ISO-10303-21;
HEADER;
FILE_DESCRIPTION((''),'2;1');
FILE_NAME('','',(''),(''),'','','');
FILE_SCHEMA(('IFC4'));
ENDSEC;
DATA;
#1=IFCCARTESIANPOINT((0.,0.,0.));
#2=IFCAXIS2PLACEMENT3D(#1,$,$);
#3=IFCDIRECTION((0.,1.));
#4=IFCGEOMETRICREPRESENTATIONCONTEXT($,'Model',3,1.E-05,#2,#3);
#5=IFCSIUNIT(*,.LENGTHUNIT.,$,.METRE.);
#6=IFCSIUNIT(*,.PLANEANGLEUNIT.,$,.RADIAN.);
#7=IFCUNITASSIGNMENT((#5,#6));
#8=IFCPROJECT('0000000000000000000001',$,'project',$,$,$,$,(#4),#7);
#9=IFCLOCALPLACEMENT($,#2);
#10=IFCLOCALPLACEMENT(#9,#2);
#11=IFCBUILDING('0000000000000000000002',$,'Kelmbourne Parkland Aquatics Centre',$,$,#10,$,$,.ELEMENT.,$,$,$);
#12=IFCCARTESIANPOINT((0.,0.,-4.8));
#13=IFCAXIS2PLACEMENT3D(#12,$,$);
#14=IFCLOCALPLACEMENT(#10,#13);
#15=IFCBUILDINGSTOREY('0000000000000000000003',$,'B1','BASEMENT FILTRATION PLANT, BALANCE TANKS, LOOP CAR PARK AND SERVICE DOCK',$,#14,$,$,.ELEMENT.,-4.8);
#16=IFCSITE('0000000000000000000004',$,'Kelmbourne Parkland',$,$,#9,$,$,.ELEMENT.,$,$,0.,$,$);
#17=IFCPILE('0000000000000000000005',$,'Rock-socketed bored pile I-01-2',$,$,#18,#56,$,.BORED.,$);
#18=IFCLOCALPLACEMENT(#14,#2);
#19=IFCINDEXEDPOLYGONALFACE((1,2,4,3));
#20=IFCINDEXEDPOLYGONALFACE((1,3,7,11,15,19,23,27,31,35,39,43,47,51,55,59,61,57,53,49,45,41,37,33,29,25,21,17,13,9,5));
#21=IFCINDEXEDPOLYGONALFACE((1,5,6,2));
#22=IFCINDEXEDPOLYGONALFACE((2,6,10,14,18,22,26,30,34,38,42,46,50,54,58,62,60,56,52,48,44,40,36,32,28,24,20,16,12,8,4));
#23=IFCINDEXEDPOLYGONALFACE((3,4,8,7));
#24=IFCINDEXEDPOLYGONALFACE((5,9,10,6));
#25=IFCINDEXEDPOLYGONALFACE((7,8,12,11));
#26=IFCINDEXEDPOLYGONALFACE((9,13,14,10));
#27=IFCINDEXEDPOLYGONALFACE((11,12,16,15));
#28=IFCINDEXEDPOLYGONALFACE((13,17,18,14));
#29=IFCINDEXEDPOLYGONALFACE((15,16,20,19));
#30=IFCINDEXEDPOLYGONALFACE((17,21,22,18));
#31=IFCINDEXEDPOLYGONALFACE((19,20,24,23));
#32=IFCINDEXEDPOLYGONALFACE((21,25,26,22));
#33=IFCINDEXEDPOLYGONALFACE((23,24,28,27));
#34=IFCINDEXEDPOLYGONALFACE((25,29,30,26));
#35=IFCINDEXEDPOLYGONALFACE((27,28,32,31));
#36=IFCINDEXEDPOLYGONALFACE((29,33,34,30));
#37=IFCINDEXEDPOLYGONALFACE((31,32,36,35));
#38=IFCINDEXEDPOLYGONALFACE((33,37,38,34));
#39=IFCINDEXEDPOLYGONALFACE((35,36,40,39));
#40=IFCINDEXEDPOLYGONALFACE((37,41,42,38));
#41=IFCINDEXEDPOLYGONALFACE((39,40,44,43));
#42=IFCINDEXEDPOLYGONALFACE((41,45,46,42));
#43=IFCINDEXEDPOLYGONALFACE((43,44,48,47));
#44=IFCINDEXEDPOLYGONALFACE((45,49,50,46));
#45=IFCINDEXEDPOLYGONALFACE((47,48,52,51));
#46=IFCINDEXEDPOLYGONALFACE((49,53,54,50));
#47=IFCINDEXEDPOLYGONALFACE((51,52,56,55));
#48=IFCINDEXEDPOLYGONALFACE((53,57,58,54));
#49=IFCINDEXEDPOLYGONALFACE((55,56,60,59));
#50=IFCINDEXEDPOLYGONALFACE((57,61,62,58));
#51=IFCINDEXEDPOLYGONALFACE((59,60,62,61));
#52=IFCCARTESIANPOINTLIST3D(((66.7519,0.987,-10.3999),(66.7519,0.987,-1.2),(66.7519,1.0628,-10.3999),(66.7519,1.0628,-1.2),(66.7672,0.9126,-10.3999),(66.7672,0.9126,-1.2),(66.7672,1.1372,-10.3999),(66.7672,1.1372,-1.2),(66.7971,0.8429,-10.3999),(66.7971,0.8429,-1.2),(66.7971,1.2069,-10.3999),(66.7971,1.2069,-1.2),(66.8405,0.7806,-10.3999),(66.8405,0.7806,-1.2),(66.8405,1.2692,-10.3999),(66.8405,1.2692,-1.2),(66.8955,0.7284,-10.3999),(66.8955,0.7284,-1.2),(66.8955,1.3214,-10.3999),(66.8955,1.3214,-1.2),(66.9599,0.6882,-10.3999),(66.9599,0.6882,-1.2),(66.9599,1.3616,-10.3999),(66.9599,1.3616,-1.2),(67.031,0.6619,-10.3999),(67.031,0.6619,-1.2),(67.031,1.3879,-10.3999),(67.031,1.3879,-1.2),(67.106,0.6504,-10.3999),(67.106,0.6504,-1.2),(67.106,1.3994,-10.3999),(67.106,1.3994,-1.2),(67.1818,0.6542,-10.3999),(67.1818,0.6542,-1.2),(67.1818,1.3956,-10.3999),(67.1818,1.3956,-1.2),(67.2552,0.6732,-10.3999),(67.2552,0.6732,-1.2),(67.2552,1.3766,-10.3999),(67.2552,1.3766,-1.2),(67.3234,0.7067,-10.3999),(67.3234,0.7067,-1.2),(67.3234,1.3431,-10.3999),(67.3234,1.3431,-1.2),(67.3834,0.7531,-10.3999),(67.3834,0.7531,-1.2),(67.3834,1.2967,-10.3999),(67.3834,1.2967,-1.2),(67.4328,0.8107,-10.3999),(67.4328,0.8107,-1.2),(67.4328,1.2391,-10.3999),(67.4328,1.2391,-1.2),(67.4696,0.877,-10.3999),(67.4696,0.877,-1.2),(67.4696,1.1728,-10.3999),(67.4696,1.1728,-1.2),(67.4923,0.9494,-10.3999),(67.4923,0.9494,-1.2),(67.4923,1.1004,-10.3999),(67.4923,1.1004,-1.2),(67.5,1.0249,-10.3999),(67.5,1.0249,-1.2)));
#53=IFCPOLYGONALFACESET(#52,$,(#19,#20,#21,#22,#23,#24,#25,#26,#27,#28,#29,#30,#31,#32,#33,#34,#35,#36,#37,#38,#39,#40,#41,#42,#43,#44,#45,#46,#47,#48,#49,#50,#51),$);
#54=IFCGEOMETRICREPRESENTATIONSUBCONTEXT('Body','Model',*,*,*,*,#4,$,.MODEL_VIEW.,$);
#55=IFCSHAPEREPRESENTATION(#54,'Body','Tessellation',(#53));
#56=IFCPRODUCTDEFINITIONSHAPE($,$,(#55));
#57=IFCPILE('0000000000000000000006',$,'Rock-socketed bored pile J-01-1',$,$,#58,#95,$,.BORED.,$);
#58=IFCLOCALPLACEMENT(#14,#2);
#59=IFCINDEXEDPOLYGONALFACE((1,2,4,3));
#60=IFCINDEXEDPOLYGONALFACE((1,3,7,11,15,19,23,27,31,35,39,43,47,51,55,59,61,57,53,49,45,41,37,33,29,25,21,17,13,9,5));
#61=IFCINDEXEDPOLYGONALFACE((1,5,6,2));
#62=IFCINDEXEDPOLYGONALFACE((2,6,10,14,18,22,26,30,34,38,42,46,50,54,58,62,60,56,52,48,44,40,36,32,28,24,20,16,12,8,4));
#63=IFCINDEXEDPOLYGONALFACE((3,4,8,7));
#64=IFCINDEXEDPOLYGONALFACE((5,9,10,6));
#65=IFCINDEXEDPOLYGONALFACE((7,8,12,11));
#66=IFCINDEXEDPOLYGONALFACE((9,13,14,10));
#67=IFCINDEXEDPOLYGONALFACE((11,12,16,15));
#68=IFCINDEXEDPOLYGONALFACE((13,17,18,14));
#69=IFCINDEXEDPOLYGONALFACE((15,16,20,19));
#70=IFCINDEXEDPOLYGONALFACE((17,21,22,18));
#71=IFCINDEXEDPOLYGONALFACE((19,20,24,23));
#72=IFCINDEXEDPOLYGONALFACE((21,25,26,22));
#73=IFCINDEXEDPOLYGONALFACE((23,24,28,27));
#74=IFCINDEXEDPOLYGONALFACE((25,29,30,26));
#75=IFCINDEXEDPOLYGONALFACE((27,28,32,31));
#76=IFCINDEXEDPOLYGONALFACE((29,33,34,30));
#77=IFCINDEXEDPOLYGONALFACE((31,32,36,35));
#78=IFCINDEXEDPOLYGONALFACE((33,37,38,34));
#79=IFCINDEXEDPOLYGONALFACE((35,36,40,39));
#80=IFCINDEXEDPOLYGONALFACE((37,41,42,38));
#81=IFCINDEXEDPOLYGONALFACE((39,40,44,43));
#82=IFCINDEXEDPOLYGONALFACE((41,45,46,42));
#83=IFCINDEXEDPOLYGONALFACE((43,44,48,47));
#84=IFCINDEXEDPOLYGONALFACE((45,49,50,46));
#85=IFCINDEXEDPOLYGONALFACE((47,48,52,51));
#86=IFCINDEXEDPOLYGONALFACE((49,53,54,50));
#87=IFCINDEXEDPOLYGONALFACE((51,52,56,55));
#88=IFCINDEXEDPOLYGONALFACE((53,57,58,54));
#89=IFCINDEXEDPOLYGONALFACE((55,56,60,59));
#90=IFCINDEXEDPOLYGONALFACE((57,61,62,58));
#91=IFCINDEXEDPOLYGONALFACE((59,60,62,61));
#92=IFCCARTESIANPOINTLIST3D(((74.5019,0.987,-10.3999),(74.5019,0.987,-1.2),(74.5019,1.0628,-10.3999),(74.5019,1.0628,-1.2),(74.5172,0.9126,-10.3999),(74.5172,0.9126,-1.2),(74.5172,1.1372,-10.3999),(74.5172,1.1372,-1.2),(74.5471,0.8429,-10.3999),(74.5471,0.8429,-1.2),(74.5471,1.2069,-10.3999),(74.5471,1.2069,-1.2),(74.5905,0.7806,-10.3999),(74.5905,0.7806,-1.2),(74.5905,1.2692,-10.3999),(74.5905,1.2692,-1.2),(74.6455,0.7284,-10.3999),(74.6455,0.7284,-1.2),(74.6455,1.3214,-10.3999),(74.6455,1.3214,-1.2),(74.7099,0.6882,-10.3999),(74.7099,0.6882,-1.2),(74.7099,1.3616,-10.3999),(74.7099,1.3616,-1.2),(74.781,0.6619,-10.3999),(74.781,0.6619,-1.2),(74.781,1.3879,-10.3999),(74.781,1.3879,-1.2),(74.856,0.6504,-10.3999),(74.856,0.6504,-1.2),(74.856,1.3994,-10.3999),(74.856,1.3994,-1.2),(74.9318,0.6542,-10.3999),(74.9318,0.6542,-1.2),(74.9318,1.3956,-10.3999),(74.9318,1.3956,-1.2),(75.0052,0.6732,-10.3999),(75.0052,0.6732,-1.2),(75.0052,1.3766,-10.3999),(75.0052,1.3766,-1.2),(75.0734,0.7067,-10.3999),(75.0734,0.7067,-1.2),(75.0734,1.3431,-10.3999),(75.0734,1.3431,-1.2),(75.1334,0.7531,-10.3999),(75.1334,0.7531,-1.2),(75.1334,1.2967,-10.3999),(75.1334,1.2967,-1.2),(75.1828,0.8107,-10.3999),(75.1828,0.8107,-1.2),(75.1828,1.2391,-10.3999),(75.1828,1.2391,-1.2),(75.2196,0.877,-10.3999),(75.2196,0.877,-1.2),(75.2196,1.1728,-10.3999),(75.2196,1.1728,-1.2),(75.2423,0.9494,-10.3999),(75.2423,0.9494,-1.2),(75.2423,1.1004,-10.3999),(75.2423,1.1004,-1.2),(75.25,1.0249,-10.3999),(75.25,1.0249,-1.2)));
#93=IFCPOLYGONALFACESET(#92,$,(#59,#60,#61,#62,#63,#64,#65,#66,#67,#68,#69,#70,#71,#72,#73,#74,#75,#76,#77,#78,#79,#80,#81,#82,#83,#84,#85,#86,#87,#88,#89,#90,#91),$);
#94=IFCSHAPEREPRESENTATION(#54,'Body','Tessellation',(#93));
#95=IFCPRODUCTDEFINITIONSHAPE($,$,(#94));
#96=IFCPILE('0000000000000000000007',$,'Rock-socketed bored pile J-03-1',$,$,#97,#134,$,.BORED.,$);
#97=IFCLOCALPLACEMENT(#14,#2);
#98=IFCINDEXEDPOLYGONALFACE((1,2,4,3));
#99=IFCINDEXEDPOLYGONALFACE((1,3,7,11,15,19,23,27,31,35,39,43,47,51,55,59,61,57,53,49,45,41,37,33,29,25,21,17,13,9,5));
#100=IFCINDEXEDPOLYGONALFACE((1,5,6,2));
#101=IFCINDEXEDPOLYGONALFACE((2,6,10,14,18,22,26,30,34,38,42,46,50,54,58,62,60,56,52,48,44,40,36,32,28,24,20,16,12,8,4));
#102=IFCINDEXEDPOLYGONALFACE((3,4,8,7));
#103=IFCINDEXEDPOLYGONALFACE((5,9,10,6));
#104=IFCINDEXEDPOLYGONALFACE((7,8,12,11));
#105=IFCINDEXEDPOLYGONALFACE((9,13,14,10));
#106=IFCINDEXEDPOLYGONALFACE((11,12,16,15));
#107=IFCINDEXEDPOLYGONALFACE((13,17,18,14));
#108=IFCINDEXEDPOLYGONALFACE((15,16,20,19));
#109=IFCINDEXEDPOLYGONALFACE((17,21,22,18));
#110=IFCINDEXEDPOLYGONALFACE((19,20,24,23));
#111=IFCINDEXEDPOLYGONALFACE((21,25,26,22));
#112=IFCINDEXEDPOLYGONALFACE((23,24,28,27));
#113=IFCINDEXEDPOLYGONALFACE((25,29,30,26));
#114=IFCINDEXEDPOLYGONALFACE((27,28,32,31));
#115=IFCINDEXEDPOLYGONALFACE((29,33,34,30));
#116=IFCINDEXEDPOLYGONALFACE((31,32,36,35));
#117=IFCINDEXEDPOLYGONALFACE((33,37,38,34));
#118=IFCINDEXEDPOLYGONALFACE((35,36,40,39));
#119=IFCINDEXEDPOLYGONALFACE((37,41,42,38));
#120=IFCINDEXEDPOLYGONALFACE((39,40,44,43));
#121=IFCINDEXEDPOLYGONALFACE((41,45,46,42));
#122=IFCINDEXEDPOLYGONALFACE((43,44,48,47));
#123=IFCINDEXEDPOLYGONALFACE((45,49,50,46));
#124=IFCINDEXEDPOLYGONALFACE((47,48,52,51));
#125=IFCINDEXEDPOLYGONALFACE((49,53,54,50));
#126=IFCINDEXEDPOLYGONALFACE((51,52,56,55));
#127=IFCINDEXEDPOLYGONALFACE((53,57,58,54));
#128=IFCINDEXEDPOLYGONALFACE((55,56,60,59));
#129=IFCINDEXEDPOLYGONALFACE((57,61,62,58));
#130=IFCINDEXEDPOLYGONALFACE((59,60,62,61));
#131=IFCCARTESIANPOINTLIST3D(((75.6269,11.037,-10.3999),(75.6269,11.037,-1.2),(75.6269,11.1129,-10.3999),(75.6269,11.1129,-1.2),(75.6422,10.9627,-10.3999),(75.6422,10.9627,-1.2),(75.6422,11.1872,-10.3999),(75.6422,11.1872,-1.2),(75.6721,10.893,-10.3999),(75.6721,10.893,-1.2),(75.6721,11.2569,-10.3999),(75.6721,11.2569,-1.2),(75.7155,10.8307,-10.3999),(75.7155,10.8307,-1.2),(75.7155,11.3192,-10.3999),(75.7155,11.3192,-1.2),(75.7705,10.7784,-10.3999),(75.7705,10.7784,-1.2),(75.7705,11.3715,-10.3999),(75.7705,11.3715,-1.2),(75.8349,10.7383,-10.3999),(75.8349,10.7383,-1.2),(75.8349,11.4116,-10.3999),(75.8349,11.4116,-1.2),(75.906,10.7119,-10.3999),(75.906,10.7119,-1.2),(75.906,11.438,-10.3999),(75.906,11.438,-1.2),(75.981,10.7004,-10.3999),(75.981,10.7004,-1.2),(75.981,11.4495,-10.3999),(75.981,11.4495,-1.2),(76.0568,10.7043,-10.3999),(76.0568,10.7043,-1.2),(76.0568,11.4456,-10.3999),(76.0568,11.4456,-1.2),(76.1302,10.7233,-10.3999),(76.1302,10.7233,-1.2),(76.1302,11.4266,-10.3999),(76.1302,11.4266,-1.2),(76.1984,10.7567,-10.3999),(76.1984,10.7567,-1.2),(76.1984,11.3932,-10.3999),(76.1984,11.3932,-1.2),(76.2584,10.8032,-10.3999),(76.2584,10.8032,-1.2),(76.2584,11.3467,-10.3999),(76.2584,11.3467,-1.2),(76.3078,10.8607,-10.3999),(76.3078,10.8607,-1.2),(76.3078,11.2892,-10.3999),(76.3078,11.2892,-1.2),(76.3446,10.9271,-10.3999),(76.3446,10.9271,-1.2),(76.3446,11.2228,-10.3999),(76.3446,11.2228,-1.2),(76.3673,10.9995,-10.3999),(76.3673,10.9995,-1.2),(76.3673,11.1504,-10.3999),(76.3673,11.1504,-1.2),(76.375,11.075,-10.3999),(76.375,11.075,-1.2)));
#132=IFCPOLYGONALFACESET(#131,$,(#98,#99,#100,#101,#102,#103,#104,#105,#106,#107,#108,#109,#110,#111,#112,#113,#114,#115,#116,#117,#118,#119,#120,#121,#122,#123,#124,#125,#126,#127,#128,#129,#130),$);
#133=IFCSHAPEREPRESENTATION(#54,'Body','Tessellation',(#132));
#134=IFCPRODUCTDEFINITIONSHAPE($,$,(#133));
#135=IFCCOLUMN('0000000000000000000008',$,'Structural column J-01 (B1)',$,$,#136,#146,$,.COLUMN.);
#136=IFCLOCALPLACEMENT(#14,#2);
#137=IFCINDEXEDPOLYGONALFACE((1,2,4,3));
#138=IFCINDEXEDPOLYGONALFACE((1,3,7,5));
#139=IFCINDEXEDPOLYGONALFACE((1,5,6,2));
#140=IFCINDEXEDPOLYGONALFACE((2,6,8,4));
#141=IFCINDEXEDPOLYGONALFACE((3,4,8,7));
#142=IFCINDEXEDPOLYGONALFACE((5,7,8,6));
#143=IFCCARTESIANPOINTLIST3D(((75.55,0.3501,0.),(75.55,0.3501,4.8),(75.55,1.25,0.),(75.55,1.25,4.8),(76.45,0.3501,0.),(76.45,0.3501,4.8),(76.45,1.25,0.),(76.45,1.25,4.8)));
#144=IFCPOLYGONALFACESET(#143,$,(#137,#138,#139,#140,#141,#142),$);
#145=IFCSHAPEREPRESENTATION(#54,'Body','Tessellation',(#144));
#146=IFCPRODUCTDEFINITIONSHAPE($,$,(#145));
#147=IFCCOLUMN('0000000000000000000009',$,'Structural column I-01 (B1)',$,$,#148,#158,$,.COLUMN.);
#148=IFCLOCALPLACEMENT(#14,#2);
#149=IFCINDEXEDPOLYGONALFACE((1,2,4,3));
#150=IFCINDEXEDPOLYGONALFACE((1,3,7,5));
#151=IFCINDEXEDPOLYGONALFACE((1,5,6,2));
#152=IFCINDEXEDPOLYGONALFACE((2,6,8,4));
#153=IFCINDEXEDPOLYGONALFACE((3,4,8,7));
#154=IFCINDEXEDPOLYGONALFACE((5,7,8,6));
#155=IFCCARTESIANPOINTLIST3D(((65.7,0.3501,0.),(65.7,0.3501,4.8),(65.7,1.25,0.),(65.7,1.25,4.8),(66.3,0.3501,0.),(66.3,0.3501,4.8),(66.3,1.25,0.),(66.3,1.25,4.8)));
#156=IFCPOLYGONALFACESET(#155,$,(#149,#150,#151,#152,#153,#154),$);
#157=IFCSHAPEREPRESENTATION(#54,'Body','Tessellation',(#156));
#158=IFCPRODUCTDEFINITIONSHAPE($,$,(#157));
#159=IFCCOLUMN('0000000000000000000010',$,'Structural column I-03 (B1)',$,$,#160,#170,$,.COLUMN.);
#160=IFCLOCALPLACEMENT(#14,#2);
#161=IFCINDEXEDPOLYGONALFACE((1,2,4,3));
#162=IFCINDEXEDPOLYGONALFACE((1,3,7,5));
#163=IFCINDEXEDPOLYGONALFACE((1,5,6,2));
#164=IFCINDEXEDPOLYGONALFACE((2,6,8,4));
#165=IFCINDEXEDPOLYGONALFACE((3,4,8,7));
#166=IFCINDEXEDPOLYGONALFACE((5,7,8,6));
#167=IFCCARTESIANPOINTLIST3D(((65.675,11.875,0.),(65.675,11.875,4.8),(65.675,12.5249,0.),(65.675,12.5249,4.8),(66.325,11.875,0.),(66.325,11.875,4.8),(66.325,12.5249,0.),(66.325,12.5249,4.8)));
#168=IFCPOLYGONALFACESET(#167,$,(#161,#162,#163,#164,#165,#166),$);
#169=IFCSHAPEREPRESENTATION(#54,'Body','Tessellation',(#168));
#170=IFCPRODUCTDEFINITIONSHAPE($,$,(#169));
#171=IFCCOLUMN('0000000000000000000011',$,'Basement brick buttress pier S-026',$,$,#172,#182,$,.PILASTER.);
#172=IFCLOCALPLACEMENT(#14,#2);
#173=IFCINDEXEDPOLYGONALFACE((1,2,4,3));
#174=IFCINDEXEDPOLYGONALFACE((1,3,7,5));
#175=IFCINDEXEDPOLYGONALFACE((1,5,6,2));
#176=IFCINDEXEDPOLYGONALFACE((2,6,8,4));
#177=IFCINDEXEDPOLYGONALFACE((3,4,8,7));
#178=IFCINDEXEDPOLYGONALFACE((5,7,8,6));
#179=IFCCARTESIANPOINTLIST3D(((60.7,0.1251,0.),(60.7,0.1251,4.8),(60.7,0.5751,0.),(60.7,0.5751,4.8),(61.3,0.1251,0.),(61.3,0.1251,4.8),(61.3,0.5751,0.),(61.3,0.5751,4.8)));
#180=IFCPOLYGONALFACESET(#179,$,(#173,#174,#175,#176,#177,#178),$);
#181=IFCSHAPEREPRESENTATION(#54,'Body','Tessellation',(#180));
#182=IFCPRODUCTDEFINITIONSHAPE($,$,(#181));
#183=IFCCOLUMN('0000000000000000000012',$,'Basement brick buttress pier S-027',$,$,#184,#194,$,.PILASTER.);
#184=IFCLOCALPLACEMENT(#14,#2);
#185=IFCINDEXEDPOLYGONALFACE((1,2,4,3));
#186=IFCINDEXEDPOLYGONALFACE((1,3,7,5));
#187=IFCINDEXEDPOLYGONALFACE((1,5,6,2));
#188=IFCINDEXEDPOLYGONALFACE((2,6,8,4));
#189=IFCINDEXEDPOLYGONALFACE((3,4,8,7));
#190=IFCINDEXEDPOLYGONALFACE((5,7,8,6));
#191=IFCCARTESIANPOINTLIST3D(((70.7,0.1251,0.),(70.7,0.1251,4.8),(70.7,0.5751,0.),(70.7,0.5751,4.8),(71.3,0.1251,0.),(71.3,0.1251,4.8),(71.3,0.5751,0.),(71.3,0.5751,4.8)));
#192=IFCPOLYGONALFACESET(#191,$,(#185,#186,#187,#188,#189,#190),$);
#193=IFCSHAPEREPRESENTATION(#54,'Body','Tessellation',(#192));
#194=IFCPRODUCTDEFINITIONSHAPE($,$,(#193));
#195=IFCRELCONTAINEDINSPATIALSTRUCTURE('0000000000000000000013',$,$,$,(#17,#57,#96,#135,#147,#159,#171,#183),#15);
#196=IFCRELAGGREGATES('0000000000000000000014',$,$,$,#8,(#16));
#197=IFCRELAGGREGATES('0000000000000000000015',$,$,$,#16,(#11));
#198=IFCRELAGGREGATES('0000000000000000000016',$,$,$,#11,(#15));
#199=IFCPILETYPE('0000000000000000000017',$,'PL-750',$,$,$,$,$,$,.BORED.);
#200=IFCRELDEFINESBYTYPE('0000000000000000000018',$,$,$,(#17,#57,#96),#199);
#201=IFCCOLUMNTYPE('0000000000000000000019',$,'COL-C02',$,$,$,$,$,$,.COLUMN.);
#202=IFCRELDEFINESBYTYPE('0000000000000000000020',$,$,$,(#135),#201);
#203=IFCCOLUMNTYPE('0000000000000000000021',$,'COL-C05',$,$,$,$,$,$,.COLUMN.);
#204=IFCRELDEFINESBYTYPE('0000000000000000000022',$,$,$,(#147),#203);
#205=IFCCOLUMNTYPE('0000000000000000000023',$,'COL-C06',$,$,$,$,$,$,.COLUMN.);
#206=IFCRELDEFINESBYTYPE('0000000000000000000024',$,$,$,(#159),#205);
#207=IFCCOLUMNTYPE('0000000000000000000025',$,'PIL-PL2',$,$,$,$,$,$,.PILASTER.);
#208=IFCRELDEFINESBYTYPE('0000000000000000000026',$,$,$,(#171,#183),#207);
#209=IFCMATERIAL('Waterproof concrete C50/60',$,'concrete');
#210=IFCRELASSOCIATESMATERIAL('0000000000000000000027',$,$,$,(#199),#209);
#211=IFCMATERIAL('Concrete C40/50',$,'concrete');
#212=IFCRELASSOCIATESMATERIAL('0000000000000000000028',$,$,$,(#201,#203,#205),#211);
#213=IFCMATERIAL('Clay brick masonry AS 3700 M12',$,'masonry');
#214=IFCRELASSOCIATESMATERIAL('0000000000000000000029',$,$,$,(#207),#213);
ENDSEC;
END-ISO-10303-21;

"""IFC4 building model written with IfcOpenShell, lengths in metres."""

from ifc_helpers import new_model, si_unit, direction, frame, origin, origin_2d, place, context, subcontext, project, spatial, rectangle, circle, extrude, material, material_profile, profile_set, type_object, element, save


model = new_model("IFC4")

# Units and contexts
model_context = context("Model", 3, precision=1e-05, world=origin(), true_north=direction((0.0, 1.0)))
body_context = subcontext(model_context, "Body", "Model", "MODEL_VIEW")
ifc_project = project(units=[si_unit("LENGTHUNIT", "METRE"), si_unit("PLANEANGLEUNIT", "RADIAN")], contexts=[model_context])

# Site, building, storey
site_placement = place(None, origin())
site = spatial("IfcSite", under=ifc_project, at=site_placement, Name="Kelmbourne Parkland", CompositionType="ELEMENT", RefElevation=0.0)
building_placement = place(site_placement, origin())
building = spatial("IfcBuilding", under=site, at=building_placement, Name="Kelmbourne Parkland Aquatics Centre", CompositionType="ELEMENT")
storey_placement = place(building_placement, frame((0.0, 0.0, -4.8)))
storey = spatial("IfcBuildingStorey", under=building, at=storey_placement, Name="B1", Description="BASEMENT FILTRATION PLANT, BALANCE TANKS, LOOP CAR PARK AND SERVICE DOCK", CompositionType="ELEMENT", Elevation=-4.8)

# Shared definitions
ifc_material_1 = material(Name="Waterproof concrete C50/60", Category="concrete")

# Piles
ifc_material_profile_1 = material_profile(ifc_material_1, circle(Radius=0.375, at=origin_2d()), Name="PILE D750")
ifc_profile_set_1 = profile_set([ifc_material_profile_1], Name="Waterproof concrete C50/60")
pile_type_1 = type_object("IfcPileType", Name="PL-750", PredefinedType="BORED", material=ifc_profile_set_1)
for number, where, z_axis, x_axis, name in (
    (1, (67.125, 1.0249, -1.2), (0.0, 0.0, -1.0), (1.0, 0.0, 0.0), "Rock-socketed bored pile I-01-2"),
    (2, (74.875, 1.0249, -1.2), (0.0, 0.0, -1.0), (1.0, 0.0, 0.0), "Rock-socketed bored pile J-01-1"),
    (3, (76.0, 11.075, -1.2), (0.0, 0.0, -1.0), (1.0, 0.0, 0.0), "Rock-socketed bored pile J-03-1"),
):
    element("IfcPile", number, at=place(storey_placement, frame(where, z_axis=z_axis, x_axis=x_axis)), inside=storey, type_object=pile_type_1, Name=name, PredefinedType="BORED", context=body_context, shape_type="SweptSolid", body=[
        extrude(circle(Radius=0.375, at=origin_2d()), origin(), (0.0, 0.0, 1.0), 9.2),
    ])

# Columns
ifc_material_2 = material(Name="Concrete C40/50", Category="concrete")
ifc_material_profile_2 = material_profile(ifc_material_2, rectangle(XDim=0.8999, YDim=0.8999, at=origin_2d()), Name="RC 900x900")
ifc_profile_set_2 = profile_set([ifc_material_profile_2], Name="Concrete C40/50")
column_type_1 = type_object("IfcColumnType", Name="COL-C02", PredefinedType="COLUMN", material=ifc_profile_set_2)
column_1_placement = place(storey_placement, frame((76.0, 0.8, 0.0), z_axis=(0.0, 0.0, 1.0), x_axis=(1.0, 0.0, 0.0)))
element("IfcColumn", 4, at=column_1_placement, inside=storey, type_object=column_type_1, Name="Structural column J-01 (B1)", PredefinedType="COLUMN", context=body_context, shape_type="SweptSolid", body=[
    extrude(rectangle(XDim=0.8999, YDim=0.8999, at=origin_2d()), origin(), (0.0, 0.0, 1.0), 4.8),
])
ifc_material_profile_3 = material_profile(ifc_material_2, rectangle(XDim=0.6001, YDim=0.8999, at=origin_2d()), Name="RC 600x900")
ifc_profile_set_3 = profile_set([ifc_material_profile_3], Name="Concrete C40/50")
column_type_2 = type_object("IfcColumnType", Name="COL-C05", PredefinedType="COLUMN", material=ifc_profile_set_3)
column_2_placement = place(storey_placement, frame((66.0, 0.8, 0.0), z_axis=(0.0, 0.0, 1.0), x_axis=(1.0, 0.0, 0.0)))
element("IfcColumn", 5, at=column_2_placement, inside=storey, type_object=column_type_2, Name="Structural column I-01 (B1)", PredefinedType="COLUMN", context=body_context, shape_type="SweptSolid", body=[
    extrude(rectangle(XDim=0.6001, YDim=0.8999, at=origin_2d()), origin(), (0.0, 0.0, 1.0), 4.8),
])
ifc_material_profile_4 = material_profile(ifc_material_2, rectangle(XDim=0.6499, YDim=0.6499, at=origin_2d()), Name="RC 650x650")
ifc_profile_set_4 = profile_set([ifc_material_profile_4], Name="Concrete C40/50")
column_type_3 = type_object("IfcColumnType", Name="COL-C06", PredefinedType="COLUMN", material=ifc_profile_set_4)
column_3_placement = place(storey_placement, frame((66.0, 12.2, 0.0), z_axis=(0.0, 0.0, 1.0), x_axis=(1.0, 0.0, 0.0)))
element("IfcColumn", 6, at=column_3_placement, inside=storey, type_object=column_type_3, Name="Structural column I-03 (B1)", PredefinedType="COLUMN", context=body_context, shape_type="SweptSolid", body=[
    extrude(rectangle(XDim=0.6499, YDim=0.6499, at=origin_2d()), origin(), (0.0, 0.0, 1.0), 4.8),
])
ifc_material_3 = material(Name="Clay brick masonry AS 3700 M12", Category="masonry")
ifc_material_profile_5 = material_profile(ifc_material_3, rectangle(XDim=0.45, YDim=0.6001, at=origin_2d()), Name="PIL 450x600")
ifc_profile_set_5 = profile_set([ifc_material_profile_5], Name="Clay brick masonry AS 3700 M12")
column_type_4 = type_object("IfcColumnType", Name="PIL-PL2", PredefinedType="PILASTER", material=ifc_profile_set_5)
for number, where, z_axis, x_axis, name in (
    (7, (61.0, 0.3501, 0.0), (0.0, 0.0, 1.0), (0.0, 1.0, 0.0), "Basement brick buttress pier S-026"),
    (8, (71.0, 0.3501, 0.0), (0.0, 0.0, 1.0), (0.0, 1.0, 0.0), "Basement brick buttress pier S-027"),
):
    element("IfcColumn", number, at=place(storey_placement, frame(where, z_axis=z_axis, x_axis=x_axis)), inside=storey, type_object=column_type_4, Name=name, PredefinedType="PILASTER", context=body_context, shape_type="SweptSolid", body=[
        extrude(rectangle(XDim=0.45, YDim=0.6001, at=origin_2d()), origin(), (0.0, 0.0, 1.0), 4.8),
    ])

save(model, "model.ifc")
